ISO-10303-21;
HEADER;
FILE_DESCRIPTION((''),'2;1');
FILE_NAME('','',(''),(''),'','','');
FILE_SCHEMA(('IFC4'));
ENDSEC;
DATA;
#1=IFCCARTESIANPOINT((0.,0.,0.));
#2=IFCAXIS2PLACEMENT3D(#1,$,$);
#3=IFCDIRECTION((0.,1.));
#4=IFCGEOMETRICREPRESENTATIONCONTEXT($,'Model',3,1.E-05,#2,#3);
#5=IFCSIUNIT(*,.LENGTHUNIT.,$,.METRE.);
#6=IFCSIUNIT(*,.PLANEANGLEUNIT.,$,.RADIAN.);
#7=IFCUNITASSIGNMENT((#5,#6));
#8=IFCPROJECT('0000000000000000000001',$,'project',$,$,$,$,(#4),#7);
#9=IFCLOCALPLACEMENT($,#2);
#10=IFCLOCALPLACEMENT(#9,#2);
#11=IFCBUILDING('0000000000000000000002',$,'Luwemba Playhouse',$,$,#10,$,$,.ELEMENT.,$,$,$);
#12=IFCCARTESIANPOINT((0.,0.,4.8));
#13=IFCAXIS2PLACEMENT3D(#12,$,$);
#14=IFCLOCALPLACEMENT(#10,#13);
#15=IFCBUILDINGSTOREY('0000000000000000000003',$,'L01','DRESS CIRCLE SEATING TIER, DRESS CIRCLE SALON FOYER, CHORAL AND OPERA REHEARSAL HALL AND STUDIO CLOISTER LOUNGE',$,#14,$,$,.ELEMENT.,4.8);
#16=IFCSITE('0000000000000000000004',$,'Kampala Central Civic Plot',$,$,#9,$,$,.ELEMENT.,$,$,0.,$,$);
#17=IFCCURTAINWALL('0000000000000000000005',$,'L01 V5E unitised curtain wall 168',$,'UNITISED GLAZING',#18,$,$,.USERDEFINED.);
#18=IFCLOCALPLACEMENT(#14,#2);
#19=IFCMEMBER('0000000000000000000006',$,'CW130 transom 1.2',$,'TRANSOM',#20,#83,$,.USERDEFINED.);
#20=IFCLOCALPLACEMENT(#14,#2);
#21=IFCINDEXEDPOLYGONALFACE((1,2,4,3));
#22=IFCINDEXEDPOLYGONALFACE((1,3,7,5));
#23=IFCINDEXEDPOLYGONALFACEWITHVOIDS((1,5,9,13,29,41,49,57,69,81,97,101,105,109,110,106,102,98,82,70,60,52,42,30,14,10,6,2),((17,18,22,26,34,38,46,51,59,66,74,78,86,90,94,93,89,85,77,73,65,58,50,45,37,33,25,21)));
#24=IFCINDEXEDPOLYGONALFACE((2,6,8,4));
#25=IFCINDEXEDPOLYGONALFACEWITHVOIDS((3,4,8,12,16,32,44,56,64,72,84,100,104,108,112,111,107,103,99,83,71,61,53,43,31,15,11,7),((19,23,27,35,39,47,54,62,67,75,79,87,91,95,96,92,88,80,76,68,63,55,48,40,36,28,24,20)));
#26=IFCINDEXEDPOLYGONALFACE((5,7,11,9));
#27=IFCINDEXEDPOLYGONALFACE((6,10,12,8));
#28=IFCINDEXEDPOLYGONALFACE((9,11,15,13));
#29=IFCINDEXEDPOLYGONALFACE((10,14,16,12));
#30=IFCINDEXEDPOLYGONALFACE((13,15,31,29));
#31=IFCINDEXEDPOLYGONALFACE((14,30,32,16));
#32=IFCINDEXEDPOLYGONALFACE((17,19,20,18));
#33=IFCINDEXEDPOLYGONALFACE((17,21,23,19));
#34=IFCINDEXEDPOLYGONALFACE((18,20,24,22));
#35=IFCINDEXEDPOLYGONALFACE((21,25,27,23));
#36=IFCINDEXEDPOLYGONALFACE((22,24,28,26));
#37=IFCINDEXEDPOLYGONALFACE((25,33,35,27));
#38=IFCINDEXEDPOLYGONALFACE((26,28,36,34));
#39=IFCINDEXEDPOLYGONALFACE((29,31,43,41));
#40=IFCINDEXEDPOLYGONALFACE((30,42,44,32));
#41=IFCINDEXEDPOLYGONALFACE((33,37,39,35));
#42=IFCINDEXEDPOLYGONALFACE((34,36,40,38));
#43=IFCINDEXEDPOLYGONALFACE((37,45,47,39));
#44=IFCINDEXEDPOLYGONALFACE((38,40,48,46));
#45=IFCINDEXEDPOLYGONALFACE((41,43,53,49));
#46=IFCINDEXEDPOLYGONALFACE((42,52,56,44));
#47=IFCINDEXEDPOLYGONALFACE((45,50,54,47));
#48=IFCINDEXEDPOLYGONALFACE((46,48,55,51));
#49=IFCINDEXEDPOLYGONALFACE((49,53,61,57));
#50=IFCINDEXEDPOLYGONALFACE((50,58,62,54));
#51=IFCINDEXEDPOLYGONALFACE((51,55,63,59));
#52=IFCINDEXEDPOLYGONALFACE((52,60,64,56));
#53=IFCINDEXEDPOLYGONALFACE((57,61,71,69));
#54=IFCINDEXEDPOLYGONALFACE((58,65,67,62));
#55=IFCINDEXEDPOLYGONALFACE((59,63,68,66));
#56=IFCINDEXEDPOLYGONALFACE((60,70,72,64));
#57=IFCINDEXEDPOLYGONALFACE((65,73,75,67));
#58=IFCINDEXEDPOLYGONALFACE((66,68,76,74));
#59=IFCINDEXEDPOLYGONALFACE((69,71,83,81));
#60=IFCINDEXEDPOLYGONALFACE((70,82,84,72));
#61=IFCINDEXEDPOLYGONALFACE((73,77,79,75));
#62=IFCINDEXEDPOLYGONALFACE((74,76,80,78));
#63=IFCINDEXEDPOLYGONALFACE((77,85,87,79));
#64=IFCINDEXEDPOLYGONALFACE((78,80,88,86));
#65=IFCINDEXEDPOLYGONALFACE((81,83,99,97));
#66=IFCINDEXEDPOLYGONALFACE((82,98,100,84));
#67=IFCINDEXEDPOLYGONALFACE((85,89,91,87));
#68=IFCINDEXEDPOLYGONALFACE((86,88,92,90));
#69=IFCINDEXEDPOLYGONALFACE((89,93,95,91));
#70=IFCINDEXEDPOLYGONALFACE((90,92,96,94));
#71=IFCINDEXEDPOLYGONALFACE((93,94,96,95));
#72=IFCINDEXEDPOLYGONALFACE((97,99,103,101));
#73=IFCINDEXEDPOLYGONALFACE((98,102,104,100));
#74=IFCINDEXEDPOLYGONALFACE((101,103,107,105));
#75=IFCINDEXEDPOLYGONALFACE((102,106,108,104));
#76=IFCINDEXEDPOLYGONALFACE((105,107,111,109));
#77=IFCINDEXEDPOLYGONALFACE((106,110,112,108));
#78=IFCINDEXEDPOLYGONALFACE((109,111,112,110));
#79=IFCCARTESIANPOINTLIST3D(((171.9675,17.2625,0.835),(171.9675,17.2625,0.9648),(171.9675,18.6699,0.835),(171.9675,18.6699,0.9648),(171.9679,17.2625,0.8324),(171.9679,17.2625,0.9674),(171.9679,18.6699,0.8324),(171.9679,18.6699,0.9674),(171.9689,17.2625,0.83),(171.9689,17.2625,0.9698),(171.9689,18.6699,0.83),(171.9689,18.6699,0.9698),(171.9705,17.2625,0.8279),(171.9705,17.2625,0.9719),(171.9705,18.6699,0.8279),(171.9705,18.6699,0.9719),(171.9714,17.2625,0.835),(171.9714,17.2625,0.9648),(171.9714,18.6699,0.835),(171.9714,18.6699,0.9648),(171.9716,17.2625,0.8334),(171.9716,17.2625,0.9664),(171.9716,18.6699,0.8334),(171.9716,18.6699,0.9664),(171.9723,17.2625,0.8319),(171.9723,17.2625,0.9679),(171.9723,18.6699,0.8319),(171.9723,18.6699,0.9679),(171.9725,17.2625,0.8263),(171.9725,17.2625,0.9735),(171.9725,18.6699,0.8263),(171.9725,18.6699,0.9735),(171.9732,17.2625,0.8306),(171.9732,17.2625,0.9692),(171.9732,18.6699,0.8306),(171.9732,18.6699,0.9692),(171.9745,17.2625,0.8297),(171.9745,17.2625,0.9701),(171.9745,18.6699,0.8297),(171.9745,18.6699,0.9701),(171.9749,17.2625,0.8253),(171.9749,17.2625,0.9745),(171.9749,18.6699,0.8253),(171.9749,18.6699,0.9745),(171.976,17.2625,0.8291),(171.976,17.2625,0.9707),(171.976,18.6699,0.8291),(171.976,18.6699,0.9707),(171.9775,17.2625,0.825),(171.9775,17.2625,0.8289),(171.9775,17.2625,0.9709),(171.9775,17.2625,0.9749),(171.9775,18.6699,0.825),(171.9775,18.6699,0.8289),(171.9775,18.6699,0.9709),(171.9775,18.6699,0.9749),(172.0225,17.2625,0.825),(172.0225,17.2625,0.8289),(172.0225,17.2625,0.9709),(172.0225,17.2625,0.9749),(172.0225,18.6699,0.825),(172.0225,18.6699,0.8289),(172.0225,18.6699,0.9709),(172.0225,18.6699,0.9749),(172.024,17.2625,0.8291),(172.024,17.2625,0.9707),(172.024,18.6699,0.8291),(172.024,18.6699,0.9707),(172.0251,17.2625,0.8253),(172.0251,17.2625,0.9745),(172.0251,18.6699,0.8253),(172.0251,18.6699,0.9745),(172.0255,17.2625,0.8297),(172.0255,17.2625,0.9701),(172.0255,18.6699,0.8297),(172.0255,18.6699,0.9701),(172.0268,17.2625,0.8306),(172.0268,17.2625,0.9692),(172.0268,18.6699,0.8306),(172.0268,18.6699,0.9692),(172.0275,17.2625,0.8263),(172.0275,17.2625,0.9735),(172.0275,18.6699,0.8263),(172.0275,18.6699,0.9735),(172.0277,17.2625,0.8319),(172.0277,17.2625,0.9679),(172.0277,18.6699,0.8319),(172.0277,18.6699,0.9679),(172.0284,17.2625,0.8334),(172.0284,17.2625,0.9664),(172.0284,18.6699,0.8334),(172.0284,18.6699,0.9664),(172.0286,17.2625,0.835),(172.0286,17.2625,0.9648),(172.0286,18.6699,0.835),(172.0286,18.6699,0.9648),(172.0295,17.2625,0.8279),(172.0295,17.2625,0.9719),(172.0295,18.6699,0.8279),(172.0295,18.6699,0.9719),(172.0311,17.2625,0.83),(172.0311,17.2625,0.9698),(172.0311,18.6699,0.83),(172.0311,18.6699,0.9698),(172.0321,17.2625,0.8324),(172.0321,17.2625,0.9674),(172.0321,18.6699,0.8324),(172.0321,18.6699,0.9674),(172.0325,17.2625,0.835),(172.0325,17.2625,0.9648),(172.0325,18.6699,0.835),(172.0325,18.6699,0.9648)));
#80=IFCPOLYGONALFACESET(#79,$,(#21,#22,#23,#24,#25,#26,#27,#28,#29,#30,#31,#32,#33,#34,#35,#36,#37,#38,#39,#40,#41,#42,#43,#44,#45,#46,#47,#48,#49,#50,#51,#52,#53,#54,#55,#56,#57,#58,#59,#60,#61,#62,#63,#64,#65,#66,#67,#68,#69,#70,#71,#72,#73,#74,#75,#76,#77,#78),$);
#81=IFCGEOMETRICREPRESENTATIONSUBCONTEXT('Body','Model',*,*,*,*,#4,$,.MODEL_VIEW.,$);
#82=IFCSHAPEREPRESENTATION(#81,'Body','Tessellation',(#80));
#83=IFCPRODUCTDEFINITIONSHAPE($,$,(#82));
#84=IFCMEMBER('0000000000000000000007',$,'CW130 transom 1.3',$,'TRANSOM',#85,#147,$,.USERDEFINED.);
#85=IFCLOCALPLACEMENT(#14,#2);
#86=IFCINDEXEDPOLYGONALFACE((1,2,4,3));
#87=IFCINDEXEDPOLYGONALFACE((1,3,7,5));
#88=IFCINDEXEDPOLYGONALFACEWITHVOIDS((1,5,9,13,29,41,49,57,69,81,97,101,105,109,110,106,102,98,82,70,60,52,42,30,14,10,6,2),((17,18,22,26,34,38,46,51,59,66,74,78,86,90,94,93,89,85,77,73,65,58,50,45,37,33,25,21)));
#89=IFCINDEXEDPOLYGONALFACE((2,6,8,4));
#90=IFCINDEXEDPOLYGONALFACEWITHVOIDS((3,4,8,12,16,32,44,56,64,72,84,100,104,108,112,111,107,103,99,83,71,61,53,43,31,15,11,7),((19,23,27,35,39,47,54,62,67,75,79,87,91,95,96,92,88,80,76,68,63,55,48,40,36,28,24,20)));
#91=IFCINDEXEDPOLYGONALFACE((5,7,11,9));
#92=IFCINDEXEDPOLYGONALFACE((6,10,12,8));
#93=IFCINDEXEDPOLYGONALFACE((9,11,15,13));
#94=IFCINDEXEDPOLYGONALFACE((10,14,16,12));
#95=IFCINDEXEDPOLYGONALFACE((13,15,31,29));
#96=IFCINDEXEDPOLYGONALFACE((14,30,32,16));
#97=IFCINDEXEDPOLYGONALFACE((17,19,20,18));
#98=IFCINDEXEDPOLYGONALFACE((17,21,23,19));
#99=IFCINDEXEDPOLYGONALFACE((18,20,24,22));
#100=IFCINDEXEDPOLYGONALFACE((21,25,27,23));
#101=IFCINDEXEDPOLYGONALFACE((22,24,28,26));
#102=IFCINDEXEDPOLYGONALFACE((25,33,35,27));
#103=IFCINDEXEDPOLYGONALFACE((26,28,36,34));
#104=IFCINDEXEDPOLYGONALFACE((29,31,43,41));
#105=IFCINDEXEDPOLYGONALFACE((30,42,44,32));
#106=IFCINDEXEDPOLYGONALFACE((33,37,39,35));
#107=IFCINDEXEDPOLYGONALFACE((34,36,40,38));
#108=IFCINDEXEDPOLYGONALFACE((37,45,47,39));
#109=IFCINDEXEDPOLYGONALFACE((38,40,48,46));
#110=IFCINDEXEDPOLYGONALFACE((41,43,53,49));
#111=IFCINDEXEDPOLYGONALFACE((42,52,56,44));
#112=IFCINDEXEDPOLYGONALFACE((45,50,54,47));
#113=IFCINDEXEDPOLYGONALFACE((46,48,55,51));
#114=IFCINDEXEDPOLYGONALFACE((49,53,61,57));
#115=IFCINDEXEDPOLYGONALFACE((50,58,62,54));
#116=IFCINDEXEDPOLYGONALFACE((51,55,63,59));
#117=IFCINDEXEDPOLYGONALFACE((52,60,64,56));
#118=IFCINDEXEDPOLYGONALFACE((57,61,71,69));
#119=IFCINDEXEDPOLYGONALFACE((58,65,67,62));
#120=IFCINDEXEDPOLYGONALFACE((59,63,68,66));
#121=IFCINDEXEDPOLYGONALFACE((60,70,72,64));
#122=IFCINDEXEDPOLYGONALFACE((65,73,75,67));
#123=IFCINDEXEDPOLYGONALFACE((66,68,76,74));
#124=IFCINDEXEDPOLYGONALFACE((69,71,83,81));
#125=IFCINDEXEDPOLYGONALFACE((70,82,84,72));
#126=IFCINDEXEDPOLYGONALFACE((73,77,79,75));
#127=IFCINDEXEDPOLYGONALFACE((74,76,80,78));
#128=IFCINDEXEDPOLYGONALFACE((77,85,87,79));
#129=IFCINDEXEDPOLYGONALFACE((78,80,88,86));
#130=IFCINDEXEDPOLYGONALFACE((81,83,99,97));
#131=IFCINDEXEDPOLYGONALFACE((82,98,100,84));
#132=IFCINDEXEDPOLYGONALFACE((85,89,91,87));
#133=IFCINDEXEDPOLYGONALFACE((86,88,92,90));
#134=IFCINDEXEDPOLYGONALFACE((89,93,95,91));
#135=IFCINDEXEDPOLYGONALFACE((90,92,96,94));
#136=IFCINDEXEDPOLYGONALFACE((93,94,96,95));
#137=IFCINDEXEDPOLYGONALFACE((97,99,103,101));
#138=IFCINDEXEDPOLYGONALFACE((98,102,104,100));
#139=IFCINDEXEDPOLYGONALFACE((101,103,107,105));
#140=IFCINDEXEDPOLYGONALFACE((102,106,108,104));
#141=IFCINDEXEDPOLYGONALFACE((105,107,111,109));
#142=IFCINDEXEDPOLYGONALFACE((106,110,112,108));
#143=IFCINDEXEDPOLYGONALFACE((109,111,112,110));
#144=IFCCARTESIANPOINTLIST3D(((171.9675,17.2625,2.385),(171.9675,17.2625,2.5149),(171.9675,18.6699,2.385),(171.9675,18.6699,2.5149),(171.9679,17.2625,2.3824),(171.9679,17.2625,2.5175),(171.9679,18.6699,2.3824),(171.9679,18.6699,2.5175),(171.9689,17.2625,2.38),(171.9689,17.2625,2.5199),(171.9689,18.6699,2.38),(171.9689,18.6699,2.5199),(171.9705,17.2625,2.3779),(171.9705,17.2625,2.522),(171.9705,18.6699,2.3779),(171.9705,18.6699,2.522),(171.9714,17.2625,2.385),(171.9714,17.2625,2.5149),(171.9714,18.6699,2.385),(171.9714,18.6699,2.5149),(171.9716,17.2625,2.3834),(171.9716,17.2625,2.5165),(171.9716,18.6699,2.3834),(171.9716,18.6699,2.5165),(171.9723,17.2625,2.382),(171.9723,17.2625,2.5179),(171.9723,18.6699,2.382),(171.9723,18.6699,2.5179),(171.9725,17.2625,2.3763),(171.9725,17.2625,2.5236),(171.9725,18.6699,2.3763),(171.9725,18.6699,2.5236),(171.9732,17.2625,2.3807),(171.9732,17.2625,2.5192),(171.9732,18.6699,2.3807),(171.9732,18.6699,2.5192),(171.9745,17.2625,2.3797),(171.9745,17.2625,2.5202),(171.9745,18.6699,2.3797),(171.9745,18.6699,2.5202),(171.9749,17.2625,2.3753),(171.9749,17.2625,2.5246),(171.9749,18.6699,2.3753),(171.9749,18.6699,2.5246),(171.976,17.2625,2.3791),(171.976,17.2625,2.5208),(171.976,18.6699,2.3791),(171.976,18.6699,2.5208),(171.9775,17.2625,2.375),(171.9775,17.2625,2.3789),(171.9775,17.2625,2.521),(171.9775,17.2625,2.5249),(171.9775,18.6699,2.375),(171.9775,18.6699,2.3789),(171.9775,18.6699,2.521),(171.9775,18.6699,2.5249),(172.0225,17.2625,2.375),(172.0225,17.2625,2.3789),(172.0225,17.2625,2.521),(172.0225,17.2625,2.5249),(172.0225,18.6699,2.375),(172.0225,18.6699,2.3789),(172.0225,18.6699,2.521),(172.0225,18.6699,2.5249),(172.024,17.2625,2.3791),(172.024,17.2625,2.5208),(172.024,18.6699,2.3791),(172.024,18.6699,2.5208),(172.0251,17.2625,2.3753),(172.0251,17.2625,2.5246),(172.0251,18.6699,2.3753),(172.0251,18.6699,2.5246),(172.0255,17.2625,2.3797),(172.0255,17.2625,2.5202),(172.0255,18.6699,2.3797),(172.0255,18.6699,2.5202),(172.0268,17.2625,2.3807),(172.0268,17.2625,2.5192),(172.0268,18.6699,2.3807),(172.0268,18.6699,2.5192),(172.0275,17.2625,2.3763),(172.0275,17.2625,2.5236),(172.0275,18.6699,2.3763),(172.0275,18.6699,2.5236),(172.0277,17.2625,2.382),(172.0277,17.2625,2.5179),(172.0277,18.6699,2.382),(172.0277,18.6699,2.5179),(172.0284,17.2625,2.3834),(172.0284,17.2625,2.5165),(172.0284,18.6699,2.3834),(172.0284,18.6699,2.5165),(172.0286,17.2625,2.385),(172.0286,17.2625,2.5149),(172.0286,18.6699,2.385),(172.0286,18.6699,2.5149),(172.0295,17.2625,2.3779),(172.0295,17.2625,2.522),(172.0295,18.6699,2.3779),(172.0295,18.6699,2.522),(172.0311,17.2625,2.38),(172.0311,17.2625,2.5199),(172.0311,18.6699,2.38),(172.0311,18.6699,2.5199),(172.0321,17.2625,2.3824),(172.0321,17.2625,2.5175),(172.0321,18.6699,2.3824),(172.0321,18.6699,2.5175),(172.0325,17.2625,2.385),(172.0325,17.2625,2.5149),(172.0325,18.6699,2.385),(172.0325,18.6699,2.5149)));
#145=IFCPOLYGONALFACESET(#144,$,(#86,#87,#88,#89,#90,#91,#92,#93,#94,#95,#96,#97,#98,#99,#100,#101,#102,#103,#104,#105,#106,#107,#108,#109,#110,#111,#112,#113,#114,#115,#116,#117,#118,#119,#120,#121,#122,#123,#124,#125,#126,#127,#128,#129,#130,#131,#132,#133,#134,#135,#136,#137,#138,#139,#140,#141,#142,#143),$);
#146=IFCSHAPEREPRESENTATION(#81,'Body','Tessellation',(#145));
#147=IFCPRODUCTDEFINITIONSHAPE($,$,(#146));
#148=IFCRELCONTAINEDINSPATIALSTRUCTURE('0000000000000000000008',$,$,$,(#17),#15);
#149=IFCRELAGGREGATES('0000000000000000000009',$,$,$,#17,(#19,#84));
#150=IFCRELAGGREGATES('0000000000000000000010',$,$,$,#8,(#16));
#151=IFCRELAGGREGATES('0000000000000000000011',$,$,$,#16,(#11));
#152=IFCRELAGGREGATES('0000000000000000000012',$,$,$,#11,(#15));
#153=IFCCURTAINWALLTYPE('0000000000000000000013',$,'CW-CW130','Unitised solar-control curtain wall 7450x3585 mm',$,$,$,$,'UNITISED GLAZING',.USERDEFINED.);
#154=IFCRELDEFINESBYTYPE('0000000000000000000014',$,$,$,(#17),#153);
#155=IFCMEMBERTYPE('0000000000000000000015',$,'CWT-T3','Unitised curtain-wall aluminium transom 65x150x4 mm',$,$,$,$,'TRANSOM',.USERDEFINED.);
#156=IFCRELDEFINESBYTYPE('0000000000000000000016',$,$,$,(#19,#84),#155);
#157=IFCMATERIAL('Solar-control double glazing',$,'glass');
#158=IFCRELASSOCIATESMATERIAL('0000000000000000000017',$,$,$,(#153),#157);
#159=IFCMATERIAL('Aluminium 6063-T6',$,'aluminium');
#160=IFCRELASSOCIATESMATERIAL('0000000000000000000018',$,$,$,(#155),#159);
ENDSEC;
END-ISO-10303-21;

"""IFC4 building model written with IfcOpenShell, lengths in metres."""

from ifc_helpers import new_model, si_unit, direction, frame, origin, origin_2d, place, context, subcontext, project, spatial, hollow_rectangle, extrude, material, material_profile, profile_set, type_object, element, aggregate, save


model = new_model("IFC4")

# Units and contexts
model_context = context("Model", 3, precision=1e-05, world=origin(), true_north=direction((0.0, 1.0)))
body_context = subcontext(model_context, "Body", "Model", "MODEL_VIEW")
ifc_project = project(units=[si_unit("LENGTHUNIT", "METRE"), si_unit("PLANEANGLEUNIT", "RADIAN")], contexts=[model_context])

# Site, building, storey
site_placement = place(None, origin())
site = spatial("IfcSite", under=ifc_project, at=site_placement, Name="Kampala Central Civic Plot", CompositionType="ELEMENT", RefElevation=0.0)
building_placement = place(site_placement, origin())
building = spatial("IfcBuilding", under=site, at=building_placement, Name="Luwemba Playhouse", CompositionType="ELEMENT")
storey_placement = place(building_placement, frame((0.0, 0.0, 4.8)))
storey = spatial("IfcBuildingStorey", under=building, at=storey_placement, Name="L01", Description="DRESS CIRCLE SEATING TIER, DRESS CIRCLE SALON FOYER, CHORAL AND OPERA REHEARSAL HALL AND STUDIO CLOISTER LOUNGE", CompositionType="ELEMENT", Elevation=4.8)

# Curtain wall
ifc_material_1 = material(Name="Solar-control double glazing", Category="glass")
ifc_material_2 = material(Name="Aluminium 6063-T6", Category="aluminium")
curtain_wall_type_1 = type_object("IfcCurtainWallType", Name="CW-CW130", Description="Unitised solar-control curtain wall 7450x3585 mm", ElementType="UNITISED GLAZING", PredefinedType="USERDEFINED", material=ifc_material_1)
curtain_wall_1_placement = place(storey_placement, origin())
curtain_wall_1 = element("IfcCurtainWall", 1, at=curtain_wall_1_placement, inside=storey, type_object=curtain_wall_type_1, Name="L01 V5E unitised curtain wall 168", ObjectType="UNITISED GLAZING", PredefinedType="USERDEFINED")

# Members
ifc_material_profile_1 = material_profile(ifc_material_2, hollow_rectangle(XDim=0.0649, YDim=0.1499, WallThickness=0.0039, InnerFilletRadius=0.0061, OuterFilletRadius=0.01, at=origin_2d()))
ifc_profile_set_1 = profile_set([ifc_material_profile_1], Name="Aluminium 6063-T6")
member_type_1 = type_object("IfcMemberType", Name="CWT-T3", Description="Unitised curtain-wall aluminium transom 65x150x4 mm", ElementType="TRANSOM", PredefinedType="USERDEFINED", material=ifc_profile_set_1)
member_1_placement = place(storey_placement, frame((172.0, 18.6699, 0.8999), z_axis=(0.0, -1.0, 0.0), x_axis=(1.0, 0.0, 0.0)))
member_1 = element("IfcMember", 2, at=member_1_placement, type_object=member_type_1, Name="CW130 transom 1.2", ObjectType="TRANSOM", PredefinedType="USERDEFINED", context=body_context, shape_type="SweptSolid", body=[
    extrude(hollow_rectangle(XDim=0.0649, YDim=0.1499, WallThickness=0.0039, InnerFilletRadius=0.0061, OuterFilletRadius=0.01, at=origin_2d()), origin(), (0.0, 0.0, 1.0), 1.4075),
])
member_2_placement = place(storey_placement, frame((172.0, 18.6699, 2.45), z_axis=(0.0, -1.0, 0.0), x_axis=(1.0, 0.0, 0.0)))
member_2 = element("IfcMember", 3, at=member_2_placement, type_object=member_type_1, Name="CW130 transom 1.3", ObjectType="TRANSOM", PredefinedType="USERDEFINED", context=body_context, shape_type="SweptSolid", body=[
    extrude(hollow_rectangle(XDim=0.0649, YDim=0.1499, WallThickness=0.0039, InnerFilletRadius=0.0061, OuterFilletRadius=0.01, at=origin_2d()), origin(), (0.0, 0.0, 1.0), 1.4075),
])

aggregate(curtain_wall_1, [member_1, member_2])

save(model, "model.ifc")
